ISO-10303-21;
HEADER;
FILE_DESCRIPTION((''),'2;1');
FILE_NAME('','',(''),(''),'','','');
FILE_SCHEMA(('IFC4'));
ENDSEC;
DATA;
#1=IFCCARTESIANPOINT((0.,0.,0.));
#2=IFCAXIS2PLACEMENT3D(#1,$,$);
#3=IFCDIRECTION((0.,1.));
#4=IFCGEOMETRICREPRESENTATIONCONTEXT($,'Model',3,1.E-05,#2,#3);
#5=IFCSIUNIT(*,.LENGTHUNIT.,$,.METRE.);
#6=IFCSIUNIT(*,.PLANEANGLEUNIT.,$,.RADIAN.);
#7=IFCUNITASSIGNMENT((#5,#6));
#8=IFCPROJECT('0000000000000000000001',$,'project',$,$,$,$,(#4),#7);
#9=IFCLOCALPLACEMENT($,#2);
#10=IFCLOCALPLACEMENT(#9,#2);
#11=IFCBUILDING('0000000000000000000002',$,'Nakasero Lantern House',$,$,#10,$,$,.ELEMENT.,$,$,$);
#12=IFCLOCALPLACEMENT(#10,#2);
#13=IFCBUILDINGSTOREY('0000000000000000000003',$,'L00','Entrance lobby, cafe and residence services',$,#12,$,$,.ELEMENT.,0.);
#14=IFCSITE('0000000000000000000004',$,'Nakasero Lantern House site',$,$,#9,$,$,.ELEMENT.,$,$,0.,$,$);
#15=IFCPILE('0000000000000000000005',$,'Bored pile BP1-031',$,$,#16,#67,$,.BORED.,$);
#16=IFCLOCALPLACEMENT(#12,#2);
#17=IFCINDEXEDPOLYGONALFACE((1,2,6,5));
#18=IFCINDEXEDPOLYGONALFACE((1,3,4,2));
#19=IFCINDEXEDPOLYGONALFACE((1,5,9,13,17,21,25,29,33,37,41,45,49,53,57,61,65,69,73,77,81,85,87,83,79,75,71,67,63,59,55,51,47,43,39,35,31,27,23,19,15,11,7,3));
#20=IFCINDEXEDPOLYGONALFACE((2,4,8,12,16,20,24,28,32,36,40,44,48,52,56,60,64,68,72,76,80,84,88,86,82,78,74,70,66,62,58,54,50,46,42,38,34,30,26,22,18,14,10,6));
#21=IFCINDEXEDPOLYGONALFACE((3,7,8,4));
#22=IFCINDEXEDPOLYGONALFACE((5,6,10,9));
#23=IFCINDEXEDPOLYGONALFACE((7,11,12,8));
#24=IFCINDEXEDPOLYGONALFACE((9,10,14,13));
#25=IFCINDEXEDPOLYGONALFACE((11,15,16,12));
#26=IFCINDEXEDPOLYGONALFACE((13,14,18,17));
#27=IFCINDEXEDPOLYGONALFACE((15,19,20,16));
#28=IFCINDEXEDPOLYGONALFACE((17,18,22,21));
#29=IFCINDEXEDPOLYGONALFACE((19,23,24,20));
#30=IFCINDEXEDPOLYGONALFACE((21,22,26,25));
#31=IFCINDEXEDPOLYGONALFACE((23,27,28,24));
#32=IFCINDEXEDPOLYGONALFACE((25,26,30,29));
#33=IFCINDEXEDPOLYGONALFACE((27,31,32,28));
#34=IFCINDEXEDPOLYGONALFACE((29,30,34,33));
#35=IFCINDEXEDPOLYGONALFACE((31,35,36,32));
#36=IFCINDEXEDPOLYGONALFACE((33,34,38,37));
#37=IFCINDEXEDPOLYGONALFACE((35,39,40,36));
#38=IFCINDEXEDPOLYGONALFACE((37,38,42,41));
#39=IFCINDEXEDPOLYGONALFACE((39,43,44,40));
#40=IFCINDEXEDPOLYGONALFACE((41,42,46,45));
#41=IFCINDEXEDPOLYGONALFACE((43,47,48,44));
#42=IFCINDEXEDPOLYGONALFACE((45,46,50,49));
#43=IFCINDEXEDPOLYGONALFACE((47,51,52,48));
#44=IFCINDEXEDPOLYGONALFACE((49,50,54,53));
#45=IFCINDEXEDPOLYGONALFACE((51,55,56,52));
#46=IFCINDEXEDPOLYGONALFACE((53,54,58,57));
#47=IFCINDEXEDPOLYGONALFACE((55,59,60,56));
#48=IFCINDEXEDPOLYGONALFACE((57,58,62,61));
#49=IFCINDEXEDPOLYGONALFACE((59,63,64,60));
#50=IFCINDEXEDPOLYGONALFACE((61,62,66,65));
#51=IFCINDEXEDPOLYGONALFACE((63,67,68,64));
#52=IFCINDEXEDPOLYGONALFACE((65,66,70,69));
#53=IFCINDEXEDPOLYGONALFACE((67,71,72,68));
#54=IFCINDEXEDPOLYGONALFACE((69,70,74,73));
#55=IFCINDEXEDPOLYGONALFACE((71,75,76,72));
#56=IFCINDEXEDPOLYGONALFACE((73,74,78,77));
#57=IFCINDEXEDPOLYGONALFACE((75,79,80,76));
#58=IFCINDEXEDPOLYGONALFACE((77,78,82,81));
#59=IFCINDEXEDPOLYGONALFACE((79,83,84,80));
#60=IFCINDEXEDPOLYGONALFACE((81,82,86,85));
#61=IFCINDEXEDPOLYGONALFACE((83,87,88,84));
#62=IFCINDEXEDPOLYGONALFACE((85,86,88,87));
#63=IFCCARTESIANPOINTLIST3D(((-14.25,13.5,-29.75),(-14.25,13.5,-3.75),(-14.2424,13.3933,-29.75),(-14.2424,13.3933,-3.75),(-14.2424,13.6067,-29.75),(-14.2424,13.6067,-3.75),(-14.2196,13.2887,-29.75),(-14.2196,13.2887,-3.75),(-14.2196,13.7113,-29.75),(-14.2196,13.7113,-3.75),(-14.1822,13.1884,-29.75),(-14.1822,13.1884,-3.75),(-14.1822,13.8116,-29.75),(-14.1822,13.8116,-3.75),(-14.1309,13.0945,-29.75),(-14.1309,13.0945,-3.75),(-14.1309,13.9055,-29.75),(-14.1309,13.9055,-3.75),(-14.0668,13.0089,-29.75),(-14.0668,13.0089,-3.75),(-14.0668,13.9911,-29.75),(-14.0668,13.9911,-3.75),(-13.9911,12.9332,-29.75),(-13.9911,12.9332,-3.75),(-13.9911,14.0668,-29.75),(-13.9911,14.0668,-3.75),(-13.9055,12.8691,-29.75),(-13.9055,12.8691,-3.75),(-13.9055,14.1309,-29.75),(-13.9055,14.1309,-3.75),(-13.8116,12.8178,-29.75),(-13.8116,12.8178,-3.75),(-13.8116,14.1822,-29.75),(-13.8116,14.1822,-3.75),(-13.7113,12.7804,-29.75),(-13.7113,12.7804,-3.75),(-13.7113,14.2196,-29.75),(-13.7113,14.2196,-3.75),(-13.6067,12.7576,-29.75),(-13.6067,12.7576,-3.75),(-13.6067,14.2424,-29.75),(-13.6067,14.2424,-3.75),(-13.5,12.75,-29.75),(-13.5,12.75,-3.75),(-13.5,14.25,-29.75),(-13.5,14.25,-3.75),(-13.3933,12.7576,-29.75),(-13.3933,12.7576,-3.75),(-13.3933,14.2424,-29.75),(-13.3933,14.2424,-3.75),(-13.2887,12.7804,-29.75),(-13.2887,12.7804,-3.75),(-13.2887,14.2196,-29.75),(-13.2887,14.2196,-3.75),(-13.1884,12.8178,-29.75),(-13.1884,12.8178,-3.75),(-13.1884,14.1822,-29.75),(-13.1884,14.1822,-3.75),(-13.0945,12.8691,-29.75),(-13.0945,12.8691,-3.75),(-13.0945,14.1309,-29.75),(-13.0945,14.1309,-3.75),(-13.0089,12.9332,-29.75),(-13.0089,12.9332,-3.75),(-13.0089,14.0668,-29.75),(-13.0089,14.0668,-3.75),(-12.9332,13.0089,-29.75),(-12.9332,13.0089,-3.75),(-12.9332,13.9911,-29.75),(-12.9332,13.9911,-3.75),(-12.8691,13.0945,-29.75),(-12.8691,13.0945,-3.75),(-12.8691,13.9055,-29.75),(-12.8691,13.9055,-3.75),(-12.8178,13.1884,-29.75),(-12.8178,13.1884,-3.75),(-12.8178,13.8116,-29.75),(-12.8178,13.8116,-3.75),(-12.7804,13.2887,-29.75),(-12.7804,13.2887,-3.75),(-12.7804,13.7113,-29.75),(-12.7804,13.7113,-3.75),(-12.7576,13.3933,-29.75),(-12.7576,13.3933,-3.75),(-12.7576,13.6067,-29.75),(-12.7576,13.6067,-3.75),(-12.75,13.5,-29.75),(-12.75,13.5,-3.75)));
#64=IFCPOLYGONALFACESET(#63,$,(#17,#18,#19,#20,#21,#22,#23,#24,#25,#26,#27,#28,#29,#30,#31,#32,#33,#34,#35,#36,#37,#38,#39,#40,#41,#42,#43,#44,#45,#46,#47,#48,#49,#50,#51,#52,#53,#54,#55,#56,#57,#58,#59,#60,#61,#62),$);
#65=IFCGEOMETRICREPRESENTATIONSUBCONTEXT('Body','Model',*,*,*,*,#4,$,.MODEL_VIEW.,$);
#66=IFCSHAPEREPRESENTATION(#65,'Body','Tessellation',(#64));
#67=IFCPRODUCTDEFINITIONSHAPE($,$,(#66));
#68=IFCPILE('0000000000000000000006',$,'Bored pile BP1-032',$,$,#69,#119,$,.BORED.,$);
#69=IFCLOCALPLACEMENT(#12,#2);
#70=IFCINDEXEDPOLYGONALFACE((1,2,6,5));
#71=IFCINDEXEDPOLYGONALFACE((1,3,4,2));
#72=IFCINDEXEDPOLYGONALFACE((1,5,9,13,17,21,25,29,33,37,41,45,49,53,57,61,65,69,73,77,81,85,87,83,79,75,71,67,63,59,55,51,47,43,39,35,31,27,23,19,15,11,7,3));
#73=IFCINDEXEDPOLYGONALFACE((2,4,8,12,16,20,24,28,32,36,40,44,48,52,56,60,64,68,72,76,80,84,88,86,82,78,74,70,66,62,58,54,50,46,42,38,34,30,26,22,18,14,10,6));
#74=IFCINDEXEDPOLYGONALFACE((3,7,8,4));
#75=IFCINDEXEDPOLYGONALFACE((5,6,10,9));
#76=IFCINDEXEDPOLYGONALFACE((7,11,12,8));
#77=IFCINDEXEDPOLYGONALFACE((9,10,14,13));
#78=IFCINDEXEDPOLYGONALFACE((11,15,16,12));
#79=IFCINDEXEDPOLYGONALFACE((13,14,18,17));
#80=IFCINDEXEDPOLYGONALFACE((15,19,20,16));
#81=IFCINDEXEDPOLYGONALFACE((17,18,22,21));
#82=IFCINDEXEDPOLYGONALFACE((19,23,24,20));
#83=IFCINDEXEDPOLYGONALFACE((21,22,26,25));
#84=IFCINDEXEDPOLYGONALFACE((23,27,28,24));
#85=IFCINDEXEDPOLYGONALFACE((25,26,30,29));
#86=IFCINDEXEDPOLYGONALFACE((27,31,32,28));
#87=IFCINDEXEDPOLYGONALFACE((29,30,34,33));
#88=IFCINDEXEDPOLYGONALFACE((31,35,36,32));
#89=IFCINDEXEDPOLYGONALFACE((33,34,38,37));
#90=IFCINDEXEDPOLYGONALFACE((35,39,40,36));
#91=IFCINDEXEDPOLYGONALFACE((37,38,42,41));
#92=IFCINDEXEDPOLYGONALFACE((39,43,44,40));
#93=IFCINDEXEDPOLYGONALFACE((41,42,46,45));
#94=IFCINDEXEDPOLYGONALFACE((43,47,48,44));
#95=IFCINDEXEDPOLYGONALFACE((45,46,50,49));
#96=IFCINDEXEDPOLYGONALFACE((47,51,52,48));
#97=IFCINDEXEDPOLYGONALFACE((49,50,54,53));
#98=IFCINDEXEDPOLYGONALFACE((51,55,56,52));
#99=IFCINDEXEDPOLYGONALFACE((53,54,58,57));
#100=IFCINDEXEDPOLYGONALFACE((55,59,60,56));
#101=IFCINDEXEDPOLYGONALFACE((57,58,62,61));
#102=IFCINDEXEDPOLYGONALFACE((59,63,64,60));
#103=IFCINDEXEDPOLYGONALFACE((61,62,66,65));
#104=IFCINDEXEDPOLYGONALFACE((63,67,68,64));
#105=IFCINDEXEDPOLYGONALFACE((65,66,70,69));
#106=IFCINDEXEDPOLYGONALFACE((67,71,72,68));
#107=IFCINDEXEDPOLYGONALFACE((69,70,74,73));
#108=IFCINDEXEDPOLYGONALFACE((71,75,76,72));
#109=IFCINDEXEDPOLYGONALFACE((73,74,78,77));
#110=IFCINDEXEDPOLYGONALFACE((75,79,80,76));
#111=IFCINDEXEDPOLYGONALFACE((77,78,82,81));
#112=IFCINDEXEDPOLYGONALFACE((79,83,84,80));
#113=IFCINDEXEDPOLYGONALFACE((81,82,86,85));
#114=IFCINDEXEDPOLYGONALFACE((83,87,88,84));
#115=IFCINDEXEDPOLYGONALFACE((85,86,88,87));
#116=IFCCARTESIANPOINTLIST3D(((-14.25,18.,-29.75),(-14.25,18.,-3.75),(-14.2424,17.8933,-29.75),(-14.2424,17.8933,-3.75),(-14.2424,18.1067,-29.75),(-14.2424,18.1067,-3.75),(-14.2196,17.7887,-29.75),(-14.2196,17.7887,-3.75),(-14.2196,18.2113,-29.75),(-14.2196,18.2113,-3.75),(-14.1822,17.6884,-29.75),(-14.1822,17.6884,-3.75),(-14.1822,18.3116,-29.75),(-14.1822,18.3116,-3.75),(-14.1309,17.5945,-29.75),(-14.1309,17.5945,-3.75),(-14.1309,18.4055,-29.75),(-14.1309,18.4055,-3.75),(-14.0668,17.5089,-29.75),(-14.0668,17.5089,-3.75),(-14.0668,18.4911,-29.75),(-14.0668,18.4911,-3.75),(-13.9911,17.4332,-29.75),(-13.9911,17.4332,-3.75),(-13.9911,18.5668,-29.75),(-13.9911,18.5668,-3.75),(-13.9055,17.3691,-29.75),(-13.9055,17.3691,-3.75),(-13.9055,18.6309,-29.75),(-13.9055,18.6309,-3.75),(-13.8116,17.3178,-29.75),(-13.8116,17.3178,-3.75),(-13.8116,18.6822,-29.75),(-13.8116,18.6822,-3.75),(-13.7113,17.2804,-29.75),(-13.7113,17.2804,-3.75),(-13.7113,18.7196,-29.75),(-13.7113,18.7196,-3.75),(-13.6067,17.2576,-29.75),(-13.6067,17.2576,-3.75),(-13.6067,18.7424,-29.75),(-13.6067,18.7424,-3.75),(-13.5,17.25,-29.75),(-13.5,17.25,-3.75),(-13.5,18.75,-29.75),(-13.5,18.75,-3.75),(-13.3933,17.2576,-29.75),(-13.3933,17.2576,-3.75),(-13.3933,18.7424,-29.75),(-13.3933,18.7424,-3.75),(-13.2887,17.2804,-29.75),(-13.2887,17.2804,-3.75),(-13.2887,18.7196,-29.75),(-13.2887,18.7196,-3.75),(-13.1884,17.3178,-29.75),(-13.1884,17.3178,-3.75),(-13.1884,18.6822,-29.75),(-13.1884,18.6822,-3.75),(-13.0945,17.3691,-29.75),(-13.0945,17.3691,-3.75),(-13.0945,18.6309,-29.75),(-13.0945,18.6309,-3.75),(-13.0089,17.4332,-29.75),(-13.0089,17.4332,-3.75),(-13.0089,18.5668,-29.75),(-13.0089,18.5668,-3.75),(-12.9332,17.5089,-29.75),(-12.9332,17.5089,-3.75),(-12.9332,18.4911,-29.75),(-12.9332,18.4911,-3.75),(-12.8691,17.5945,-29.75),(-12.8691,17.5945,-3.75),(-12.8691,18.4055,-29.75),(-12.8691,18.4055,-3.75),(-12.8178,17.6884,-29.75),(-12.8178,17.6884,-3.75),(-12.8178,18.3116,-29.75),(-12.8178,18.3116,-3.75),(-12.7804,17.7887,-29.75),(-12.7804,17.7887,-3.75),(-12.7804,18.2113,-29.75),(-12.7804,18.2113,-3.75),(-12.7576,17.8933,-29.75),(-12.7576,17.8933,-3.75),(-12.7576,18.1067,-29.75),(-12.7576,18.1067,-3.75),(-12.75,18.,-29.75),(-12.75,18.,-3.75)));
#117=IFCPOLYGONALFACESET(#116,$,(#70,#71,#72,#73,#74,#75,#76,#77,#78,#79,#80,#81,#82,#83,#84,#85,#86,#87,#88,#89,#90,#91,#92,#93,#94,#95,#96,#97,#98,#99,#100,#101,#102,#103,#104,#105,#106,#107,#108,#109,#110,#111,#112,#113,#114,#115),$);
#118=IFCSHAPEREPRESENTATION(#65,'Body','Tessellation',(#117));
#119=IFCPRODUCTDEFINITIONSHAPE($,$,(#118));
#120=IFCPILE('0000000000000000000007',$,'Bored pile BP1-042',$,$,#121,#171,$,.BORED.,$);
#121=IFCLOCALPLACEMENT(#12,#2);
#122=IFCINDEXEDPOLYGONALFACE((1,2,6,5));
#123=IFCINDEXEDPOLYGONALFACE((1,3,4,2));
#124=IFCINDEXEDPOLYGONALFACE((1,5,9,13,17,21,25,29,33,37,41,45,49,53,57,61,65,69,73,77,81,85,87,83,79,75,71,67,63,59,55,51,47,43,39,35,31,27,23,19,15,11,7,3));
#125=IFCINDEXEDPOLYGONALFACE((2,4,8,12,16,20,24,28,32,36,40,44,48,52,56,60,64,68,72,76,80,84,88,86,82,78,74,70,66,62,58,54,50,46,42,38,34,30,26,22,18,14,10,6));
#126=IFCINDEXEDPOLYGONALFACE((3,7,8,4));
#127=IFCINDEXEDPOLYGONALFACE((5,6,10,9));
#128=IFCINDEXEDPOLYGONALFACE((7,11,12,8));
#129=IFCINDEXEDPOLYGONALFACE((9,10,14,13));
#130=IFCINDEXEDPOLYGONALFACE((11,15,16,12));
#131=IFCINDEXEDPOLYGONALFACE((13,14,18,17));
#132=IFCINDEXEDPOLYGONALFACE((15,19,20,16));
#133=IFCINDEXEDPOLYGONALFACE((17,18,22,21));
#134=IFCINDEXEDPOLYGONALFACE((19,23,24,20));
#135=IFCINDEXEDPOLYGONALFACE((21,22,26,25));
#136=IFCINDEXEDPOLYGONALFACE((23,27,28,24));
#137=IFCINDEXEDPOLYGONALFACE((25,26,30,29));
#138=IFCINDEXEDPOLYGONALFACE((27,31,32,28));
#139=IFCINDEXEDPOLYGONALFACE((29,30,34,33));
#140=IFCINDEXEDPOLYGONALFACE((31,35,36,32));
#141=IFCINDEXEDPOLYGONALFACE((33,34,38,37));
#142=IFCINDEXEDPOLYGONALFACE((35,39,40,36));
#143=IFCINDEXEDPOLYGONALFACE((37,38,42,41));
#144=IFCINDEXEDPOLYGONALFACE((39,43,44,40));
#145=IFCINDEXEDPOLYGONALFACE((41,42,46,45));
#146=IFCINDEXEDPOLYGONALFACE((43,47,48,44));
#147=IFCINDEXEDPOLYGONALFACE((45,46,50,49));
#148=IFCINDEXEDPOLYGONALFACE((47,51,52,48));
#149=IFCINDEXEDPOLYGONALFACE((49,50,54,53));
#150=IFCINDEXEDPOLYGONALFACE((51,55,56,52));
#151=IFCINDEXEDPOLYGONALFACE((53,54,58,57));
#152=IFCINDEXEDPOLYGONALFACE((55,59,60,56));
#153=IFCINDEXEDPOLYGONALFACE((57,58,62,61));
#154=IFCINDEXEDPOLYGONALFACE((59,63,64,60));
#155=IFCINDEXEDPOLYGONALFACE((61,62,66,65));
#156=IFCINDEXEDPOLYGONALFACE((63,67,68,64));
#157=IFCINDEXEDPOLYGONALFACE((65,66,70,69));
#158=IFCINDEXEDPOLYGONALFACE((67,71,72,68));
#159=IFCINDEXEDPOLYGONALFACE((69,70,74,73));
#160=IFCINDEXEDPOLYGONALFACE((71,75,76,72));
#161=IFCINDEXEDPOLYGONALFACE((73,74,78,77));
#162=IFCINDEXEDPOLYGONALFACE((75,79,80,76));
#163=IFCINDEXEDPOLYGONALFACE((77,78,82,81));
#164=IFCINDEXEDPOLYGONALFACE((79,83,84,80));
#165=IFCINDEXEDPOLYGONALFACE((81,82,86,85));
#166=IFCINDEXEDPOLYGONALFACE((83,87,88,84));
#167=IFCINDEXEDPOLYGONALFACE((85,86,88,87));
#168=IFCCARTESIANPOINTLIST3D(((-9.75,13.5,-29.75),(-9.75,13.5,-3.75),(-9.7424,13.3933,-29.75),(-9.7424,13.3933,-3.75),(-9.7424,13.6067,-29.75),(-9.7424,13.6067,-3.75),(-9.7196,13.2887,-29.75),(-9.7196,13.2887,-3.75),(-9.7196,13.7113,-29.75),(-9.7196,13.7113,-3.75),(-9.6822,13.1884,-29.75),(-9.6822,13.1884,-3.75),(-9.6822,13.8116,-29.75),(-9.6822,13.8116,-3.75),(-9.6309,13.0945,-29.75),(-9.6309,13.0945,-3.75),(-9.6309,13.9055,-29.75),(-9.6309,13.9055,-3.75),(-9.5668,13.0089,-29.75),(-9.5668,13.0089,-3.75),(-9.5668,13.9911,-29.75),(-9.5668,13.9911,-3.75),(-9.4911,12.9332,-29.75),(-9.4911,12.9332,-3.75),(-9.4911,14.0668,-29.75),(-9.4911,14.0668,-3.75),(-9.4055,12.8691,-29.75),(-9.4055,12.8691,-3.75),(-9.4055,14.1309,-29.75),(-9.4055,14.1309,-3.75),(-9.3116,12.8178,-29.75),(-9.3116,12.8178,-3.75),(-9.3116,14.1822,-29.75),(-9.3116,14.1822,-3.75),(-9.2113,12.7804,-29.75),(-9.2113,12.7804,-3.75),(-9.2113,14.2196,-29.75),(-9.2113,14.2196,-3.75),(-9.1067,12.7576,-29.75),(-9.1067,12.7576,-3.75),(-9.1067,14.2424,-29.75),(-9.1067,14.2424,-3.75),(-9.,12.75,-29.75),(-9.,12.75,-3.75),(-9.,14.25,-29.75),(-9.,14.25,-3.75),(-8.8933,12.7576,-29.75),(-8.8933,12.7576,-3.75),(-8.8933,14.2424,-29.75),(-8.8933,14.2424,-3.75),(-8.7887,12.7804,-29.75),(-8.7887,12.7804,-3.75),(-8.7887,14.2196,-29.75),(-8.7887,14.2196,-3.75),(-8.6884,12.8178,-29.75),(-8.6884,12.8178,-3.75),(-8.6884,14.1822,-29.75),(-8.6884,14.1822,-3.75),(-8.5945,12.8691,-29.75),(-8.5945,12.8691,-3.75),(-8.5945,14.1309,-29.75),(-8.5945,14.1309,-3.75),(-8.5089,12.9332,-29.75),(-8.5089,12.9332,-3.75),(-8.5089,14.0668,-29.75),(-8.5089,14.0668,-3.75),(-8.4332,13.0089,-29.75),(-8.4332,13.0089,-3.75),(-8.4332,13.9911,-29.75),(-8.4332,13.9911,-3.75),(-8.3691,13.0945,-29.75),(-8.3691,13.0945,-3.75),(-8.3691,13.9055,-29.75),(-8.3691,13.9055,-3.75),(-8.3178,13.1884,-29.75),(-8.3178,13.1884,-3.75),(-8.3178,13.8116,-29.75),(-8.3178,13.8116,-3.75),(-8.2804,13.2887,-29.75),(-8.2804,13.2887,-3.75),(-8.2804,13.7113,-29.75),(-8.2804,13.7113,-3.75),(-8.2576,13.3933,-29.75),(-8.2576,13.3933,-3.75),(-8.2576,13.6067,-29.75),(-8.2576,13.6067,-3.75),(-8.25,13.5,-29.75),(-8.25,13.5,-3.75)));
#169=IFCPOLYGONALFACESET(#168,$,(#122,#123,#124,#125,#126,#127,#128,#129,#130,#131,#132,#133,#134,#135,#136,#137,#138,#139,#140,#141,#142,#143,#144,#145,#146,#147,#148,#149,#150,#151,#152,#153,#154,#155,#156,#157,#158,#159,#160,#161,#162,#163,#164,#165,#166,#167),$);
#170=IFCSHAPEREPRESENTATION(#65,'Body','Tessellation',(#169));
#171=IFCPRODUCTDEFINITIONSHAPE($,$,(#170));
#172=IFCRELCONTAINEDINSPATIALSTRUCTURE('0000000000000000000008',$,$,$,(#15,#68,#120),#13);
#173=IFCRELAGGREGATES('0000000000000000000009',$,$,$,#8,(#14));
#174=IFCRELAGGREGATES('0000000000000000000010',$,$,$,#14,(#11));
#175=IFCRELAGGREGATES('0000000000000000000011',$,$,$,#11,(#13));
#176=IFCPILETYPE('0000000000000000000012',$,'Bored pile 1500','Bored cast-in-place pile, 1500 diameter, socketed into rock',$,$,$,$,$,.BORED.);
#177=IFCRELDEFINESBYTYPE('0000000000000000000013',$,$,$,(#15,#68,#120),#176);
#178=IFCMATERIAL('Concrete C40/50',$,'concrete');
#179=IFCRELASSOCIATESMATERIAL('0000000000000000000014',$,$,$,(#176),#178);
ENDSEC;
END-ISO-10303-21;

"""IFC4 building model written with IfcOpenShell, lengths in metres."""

from ifc_helpers import new_model, si_unit, direction, frame, origin, origin_2d, place, context, subcontext, project, spatial, circle, extrude, material, type_object, element, save


model = new_model("IFC4")

# Units and contexts
model_context = context("Model", 3, precision=1e-05, world=origin(), true_north=direction((0.0, 1.0)))
body_context = subcontext(model_context, "Body", "Model", "MODEL_VIEW")
ifc_project = project(units=[si_unit("LENGTHUNIT", "METRE"), si_unit("PLANEANGLEUNIT", "RADIAN")], contexts=[model_context])

# Site, building, storey
site_placement = place(None, origin())
site = spatial("IfcSite", under=ifc_project, at=site_placement, Name="Nakasero Lantern House site", CompositionType="ELEMENT", RefElevation=0.0)
building_placement = place(site_placement, origin())
building = spatial("IfcBuilding", under=site, at=building_placement, Name="Nakasero Lantern House", CompositionType="ELEMENT")
storey_placement = place(building_placement, origin())
storey = spatial("IfcBuildingStorey", under=building, at=storey_placement, Name="L00", Description="Entrance lobby, cafe and residence services", CompositionType="ELEMENT", Elevation=0.0)

# Piles
ifc_material_1 = material(Name="Concrete C40/50", Category="concrete")
pile_type = type_object("IfcPileType", Name="Bored pile 1500", Description="Bored cast-in-place pile, 1500 diameter, socketed into rock", PredefinedType="BORED", material=ifc_material_1)
for number, where, z_axis, x_axis, name in (
    (1, (-13.5, 13.5, -3.75), (0.0, 0.0, -1.0), (1.0, 0.0, 0.0), "Bored pile BP1-031"),
    (2, (-13.5, 18.0, -3.75), (0.0, 0.0, -1.0), (1.0, 0.0, 0.0), "Bored pile BP1-032"),
    (3, (-9.0, 13.5, -3.75), (0.0, 0.0, -1.0), (1.0, 0.0, 0.0), "Bored pile BP1-042"),
):
    element("IfcPile", number, at=place(storey_placement, frame(where, z_axis=z_axis, x_axis=x_axis)), inside=storey, type_object=pile_type, Name=name, PredefinedType="BORED", context=body_context, shape_type="SweptSolid", body=[
        extrude(circle(Radius=0.75, at=origin_2d()), origin(), (0.0, 0.0, 1.0), 26.0),
    ])

save(model, "model.ifc")
